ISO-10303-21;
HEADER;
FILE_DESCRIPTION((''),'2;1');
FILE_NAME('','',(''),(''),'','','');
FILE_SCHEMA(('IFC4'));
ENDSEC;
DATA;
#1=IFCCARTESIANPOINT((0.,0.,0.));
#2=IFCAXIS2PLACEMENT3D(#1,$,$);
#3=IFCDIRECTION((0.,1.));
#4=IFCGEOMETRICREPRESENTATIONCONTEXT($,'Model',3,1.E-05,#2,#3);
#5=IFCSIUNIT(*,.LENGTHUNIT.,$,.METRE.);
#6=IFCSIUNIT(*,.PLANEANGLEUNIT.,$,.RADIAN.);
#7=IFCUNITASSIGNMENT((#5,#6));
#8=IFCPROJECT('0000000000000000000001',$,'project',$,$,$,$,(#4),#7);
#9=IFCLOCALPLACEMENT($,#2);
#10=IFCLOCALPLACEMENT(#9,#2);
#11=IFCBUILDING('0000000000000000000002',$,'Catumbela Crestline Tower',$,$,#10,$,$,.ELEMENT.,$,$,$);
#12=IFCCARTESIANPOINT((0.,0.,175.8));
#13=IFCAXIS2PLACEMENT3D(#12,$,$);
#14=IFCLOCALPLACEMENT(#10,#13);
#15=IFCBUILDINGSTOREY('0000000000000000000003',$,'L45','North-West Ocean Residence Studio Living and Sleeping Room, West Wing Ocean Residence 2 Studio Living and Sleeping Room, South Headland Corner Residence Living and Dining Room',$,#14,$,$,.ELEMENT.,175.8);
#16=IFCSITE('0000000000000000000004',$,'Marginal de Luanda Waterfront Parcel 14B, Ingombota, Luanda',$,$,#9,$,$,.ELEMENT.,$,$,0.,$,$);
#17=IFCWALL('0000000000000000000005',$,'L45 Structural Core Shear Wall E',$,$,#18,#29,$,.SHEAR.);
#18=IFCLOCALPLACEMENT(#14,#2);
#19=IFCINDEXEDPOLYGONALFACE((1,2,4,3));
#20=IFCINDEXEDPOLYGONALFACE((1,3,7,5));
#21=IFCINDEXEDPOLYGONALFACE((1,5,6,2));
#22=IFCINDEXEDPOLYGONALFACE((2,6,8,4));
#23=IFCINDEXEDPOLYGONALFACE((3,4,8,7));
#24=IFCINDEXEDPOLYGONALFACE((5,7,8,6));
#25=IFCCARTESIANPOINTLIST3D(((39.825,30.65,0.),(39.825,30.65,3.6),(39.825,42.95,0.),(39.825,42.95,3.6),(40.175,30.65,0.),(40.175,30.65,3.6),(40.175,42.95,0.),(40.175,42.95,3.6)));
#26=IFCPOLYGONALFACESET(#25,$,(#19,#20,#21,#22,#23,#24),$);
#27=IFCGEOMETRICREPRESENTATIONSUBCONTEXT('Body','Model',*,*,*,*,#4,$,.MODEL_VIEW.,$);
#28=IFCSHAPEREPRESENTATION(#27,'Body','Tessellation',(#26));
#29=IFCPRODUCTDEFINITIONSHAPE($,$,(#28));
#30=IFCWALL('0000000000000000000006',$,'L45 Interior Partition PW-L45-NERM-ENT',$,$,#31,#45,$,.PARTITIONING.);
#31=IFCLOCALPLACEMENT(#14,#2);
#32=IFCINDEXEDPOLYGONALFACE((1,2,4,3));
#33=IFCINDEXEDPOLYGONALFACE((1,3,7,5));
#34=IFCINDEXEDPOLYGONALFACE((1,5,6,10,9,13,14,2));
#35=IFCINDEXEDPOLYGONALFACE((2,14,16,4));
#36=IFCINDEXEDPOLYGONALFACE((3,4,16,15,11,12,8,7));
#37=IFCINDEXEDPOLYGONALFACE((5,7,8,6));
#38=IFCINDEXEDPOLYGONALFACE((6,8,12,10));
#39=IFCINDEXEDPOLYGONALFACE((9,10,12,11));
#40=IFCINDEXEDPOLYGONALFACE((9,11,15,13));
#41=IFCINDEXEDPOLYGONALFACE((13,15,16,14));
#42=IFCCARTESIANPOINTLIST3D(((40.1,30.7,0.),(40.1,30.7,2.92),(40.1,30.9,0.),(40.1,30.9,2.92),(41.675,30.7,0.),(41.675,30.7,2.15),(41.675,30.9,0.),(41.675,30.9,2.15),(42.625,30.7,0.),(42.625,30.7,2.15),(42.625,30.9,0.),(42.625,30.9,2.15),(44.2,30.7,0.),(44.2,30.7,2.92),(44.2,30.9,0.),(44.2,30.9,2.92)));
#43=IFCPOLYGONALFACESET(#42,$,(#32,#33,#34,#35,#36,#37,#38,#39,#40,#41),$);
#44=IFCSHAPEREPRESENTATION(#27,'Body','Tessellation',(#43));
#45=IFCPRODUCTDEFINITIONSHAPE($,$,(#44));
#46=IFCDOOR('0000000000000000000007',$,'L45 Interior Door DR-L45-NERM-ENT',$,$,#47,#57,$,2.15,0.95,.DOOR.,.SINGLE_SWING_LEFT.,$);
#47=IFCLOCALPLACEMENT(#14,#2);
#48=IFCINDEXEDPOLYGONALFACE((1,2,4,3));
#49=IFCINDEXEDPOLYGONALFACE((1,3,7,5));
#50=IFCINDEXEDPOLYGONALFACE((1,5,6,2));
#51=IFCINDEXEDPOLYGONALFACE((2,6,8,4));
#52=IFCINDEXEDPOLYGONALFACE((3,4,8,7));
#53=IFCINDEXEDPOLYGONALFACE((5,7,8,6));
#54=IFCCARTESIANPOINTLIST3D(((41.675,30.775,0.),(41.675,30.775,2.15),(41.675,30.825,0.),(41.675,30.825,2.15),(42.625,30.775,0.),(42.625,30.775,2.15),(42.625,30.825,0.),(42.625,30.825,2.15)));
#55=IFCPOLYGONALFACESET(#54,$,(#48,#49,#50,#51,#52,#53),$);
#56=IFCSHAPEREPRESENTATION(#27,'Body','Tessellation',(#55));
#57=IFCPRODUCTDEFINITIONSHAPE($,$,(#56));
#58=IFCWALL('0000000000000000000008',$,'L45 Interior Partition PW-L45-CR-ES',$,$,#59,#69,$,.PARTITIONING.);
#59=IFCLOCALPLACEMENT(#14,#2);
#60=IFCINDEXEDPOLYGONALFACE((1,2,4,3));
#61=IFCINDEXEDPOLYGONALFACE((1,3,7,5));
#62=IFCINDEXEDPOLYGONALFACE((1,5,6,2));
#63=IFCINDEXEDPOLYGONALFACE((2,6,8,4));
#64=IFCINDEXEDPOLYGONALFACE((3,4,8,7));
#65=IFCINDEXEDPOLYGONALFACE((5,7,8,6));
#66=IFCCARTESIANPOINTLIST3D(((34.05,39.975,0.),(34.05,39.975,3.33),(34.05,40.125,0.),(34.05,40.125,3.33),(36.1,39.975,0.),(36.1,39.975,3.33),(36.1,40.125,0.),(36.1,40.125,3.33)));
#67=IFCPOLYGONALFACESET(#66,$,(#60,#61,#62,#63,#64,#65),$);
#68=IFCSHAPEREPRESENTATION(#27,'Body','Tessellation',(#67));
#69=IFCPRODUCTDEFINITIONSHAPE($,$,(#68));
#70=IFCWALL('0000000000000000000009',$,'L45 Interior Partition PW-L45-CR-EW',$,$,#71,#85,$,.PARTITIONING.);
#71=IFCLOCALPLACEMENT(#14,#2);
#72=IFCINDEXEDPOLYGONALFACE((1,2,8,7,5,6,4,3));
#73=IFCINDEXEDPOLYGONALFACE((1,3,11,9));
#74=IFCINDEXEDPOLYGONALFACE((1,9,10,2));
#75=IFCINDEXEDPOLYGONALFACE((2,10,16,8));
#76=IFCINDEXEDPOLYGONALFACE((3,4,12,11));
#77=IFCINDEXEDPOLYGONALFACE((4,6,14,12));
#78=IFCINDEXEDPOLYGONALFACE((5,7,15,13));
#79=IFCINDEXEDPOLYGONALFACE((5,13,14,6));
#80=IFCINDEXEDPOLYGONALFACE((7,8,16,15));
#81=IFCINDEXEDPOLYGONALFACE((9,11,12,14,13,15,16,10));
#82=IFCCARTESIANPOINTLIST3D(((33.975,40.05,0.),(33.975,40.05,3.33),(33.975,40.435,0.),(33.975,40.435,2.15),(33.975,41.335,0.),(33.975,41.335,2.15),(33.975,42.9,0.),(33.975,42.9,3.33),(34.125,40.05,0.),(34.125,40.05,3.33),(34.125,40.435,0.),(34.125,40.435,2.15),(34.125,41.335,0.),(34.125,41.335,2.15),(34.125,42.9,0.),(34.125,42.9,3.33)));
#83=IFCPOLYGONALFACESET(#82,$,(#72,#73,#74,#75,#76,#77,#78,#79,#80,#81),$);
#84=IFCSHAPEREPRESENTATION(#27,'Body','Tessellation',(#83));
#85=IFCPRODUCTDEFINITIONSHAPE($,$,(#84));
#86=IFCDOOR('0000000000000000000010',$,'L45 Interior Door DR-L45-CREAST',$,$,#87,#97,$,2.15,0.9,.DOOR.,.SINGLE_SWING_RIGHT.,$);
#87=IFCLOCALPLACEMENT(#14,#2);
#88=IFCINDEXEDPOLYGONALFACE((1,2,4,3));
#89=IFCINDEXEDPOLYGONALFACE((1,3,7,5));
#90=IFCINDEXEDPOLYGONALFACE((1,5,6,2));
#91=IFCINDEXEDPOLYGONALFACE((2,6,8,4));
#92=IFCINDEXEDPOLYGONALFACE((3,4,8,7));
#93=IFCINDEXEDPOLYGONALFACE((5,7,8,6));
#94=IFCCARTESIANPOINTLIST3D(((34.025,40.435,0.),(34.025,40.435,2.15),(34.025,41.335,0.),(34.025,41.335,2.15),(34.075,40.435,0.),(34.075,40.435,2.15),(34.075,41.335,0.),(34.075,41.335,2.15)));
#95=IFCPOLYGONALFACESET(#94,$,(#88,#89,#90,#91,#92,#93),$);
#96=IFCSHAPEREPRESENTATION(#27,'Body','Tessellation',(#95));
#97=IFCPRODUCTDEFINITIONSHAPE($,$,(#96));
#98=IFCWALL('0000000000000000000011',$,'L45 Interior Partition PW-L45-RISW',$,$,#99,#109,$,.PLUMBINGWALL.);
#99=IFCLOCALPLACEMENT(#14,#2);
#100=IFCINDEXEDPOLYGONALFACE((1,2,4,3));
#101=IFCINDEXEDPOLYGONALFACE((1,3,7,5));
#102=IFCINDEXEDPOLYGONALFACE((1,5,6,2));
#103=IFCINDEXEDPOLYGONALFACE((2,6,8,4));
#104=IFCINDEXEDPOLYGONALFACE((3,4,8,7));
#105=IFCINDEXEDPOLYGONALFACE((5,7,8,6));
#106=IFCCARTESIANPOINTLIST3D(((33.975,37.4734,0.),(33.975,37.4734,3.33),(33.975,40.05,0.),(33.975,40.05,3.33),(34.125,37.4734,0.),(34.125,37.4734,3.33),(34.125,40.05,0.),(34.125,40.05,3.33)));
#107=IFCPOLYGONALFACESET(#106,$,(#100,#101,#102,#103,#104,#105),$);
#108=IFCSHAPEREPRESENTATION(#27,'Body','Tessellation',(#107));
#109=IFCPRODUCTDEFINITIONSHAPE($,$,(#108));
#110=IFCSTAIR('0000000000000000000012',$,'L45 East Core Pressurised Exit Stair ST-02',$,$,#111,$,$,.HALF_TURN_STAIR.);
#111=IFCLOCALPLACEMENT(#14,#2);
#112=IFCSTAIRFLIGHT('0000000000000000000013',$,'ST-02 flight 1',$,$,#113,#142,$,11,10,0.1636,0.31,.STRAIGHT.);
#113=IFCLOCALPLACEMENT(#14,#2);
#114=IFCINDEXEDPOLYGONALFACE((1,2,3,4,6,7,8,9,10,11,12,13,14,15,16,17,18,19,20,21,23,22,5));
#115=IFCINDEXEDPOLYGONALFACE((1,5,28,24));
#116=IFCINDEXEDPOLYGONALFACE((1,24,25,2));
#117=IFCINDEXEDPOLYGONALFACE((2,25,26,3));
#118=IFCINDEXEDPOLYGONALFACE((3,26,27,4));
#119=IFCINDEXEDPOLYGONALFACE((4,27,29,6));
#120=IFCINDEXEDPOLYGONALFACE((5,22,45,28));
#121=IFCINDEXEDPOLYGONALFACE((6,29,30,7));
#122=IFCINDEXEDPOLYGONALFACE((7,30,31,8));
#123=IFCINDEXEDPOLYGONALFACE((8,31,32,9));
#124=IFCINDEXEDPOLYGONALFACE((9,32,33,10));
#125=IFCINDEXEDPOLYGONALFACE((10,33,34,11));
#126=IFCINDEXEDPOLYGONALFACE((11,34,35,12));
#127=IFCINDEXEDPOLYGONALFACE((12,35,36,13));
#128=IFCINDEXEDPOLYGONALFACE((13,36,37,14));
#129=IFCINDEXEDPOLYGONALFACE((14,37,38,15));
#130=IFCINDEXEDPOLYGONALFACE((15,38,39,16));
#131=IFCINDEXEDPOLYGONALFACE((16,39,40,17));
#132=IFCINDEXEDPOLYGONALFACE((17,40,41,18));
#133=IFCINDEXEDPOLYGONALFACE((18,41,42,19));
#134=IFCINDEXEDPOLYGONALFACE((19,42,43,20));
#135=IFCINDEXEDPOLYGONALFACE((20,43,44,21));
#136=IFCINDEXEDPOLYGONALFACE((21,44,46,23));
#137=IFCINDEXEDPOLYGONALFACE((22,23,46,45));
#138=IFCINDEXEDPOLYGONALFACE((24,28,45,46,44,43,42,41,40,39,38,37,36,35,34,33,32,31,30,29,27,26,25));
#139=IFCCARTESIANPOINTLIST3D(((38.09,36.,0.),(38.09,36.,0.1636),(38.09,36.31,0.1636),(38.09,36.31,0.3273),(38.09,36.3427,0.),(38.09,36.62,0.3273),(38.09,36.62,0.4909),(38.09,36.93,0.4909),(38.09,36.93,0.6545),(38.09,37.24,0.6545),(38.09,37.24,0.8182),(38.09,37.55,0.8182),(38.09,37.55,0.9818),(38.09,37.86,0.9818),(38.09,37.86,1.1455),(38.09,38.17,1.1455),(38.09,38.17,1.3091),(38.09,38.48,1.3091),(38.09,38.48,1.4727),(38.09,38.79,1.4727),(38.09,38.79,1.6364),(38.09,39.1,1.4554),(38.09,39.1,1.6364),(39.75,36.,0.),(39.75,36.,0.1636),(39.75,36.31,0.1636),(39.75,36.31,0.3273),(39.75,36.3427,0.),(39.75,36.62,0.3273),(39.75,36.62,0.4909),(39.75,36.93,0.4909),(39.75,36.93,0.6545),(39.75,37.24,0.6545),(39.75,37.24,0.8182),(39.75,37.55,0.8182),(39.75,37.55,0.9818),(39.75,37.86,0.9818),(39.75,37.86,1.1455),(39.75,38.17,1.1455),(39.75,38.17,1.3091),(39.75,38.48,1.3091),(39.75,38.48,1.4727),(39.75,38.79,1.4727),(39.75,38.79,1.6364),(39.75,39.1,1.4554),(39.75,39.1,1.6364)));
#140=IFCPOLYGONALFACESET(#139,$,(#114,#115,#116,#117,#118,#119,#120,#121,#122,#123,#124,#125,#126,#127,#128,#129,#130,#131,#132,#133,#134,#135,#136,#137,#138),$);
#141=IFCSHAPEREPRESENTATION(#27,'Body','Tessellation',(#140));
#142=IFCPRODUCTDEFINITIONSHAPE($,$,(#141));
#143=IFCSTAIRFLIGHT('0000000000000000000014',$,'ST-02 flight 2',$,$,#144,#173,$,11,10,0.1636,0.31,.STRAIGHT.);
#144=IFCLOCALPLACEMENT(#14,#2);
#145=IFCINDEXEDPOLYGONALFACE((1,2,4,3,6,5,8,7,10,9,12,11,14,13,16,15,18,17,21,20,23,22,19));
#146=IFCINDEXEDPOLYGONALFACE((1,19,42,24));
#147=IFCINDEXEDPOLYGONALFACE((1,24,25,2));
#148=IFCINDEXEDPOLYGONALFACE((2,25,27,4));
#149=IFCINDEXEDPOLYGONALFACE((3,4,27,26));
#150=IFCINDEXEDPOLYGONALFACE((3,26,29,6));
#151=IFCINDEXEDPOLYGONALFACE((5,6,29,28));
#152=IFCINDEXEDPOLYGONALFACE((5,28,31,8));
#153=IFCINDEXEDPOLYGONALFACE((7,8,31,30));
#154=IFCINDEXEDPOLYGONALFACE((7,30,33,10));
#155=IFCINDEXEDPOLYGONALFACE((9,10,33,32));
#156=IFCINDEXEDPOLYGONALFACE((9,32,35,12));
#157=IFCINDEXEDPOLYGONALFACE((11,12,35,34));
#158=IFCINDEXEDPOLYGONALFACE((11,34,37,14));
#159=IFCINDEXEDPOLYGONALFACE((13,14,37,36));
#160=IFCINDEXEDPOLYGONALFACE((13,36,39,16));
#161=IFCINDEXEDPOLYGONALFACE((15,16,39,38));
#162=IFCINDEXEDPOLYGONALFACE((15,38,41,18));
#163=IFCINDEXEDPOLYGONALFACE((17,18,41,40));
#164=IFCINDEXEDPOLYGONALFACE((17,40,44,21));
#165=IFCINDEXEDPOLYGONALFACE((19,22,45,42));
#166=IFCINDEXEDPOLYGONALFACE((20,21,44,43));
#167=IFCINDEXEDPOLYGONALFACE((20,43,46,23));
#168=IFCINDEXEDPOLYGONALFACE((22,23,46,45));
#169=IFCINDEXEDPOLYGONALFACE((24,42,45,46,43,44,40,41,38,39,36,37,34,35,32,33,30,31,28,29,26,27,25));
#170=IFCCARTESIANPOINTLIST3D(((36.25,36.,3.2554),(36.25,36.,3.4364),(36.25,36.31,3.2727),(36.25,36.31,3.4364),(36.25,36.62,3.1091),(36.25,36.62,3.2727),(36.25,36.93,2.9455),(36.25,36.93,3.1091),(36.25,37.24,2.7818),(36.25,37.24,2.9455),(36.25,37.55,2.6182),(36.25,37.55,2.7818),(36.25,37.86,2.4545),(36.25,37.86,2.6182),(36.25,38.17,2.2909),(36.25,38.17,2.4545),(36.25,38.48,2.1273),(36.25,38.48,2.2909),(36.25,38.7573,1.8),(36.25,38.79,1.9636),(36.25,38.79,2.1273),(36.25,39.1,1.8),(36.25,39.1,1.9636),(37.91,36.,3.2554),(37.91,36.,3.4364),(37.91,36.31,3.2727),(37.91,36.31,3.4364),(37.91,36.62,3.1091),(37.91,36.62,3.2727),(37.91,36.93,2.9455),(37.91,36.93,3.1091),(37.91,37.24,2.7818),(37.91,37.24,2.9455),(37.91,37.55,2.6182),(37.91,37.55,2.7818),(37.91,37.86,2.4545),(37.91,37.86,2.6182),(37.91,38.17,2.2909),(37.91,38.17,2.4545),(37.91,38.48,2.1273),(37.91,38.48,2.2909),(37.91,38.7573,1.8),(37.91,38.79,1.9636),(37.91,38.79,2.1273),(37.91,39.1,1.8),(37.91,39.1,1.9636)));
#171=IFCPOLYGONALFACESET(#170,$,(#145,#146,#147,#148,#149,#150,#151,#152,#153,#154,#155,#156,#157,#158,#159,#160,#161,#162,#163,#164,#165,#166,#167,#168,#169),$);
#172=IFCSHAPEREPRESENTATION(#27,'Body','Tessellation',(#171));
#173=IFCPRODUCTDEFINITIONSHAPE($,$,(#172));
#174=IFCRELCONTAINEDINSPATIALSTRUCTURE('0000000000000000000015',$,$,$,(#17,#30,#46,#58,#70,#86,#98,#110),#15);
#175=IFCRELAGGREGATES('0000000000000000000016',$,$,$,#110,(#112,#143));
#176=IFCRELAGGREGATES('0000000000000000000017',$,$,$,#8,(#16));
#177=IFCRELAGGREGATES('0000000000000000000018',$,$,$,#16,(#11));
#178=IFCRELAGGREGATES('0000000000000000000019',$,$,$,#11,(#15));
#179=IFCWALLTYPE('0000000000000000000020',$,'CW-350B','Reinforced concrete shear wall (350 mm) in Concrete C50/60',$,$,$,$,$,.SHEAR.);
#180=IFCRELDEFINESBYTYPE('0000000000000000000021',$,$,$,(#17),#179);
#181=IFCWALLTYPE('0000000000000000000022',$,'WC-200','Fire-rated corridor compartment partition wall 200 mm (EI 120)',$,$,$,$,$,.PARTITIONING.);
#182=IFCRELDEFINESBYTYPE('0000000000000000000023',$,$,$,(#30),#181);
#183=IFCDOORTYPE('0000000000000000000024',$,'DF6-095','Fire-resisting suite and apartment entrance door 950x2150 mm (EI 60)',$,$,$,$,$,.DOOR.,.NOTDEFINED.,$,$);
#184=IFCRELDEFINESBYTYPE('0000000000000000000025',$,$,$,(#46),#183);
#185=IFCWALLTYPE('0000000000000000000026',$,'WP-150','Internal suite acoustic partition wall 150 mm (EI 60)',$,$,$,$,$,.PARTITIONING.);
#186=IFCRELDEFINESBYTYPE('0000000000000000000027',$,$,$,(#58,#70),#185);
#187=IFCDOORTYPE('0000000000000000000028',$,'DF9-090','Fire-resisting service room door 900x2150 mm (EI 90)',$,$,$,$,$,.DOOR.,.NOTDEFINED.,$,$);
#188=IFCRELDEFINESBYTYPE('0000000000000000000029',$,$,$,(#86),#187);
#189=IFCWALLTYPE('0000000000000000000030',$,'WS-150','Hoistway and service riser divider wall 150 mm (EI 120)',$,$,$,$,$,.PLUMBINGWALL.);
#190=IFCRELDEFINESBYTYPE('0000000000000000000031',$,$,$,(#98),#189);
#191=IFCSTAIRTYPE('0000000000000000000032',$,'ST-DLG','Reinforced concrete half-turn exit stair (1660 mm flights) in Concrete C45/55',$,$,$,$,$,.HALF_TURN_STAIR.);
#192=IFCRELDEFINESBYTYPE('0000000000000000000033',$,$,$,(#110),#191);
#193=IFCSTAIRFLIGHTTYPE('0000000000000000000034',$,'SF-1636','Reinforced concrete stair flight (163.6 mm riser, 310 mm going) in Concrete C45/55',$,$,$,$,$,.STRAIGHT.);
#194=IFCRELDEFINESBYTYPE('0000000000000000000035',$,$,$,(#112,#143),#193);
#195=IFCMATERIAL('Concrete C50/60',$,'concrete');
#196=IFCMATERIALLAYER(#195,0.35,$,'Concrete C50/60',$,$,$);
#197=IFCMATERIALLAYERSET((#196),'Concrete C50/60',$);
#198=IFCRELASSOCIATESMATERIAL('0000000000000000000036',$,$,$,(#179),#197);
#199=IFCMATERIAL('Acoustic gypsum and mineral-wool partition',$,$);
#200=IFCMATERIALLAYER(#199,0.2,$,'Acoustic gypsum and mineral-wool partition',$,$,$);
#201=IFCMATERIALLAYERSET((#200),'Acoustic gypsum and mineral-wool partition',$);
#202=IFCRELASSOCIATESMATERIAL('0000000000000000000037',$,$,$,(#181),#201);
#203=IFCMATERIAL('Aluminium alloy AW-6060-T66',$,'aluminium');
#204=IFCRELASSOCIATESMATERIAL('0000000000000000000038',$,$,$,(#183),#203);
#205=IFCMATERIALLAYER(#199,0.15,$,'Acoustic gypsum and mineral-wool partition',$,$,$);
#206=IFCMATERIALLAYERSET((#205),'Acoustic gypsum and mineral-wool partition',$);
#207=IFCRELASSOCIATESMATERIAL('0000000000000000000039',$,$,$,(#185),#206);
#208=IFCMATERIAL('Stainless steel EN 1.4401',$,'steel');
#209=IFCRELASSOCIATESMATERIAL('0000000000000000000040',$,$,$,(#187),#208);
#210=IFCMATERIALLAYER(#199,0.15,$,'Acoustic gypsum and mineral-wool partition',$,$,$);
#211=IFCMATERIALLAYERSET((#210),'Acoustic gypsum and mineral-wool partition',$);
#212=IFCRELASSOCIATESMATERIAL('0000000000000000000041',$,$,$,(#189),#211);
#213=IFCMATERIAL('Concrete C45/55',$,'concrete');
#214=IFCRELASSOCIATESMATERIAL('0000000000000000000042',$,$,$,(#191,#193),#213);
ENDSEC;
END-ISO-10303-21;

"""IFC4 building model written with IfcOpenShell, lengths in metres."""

from ifc_helpers import new_model, si_unit, direction, frame, frame_2d, origin, place, context, subcontext, project, spatial, polyline, rectangle, outline, extrude, material, layer, layer_set, type_object, element, fill, aggregate, save


model = new_model("IFC4")

# Units and contexts
model_context = context("Model", 3, precision=1e-05, world=origin(), true_north=direction((0.0, 1.0)))
body_context = subcontext(model_context, "Body", "Model", "MODEL_VIEW")
ifc_project = project(units=[si_unit("LENGTHUNIT", "METRE"), si_unit("PLANEANGLEUNIT", "RADIAN")], contexts=[model_context])

# Site, building, storey
site_placement = place(None, origin())
site = spatial("IfcSite", under=ifc_project, at=site_placement, Name="Marginal de Luanda Waterfront Parcel 14B, Ingombota, Luanda", CompositionType="ELEMENT", RefElevation=0.0)
building_placement = place(site_placement, origin())
building = spatial("IfcBuilding", under=site, at=building_placement, Name="Catumbela Crestline Tower", CompositionType="ELEMENT")
storey_placement = place(building_placement, frame((0.0, 0.0, 175.8)))
storey = spatial("IfcBuildingStorey", under=building, at=storey_placement, Name="L45", Description="North-West Ocean Residence Studio Living and Sleeping Room, West Wing Ocean Residence 2 Studio Living and Sleeping Room, South Headland Corner Residence Living and Dining Room", CompositionType="ELEMENT", Elevation=175.8)

# Shared definitions
ifc_material_1 = material(Name="Aluminium alloy AW-6060-T66", Category="aluminium")

# Shared definitions
ifc_material_2 = material(Name="Concrete C50/60", Category="concrete")

# Shared definitions
ifc_material_3 = material(Name="Stainless steel EN 1.4401", Category="steel")

# Wall
ifc_layer_1 = layer(ifc_material_2, 0.35, Name="Concrete C50/60")
ifc_layer_set_1 = layer_set([ifc_layer_1], Name="Concrete C50/60")
wall_type_1 = type_object("IfcWallType", Name="CW-350B", Description="Reinforced concrete shear wall (350 mm) in Concrete C50/60", PredefinedType="SHEAR", material=ifc_layer_set_1)
wall_1_placement = place(storey_placement, frame((40.0, 30.65, 0.0), z_axis=(0.0, 0.0, 1.0), x_axis=(0.0, 1.0, 0.0)))
element("IfcWall", 1, at=wall_1_placement, inside=storey, type_object=wall_type_1, Name="L45 Structural Core Shear Wall E", PredefinedType="SHEAR", context=body_context, shape_type="SweptSolid", body=[
    extrude(rectangle(XDim=12.3, YDim=0.35, at=frame_2d((6.15, 0.0))), origin(), (0.0, 0.0, 1.0), 3.6),
])

# Wall, opening, door
ifc_material_4 = material(Name="Acoustic gypsum and mineral-wool partition")
ifc_layer_2 = layer(ifc_material_4, 0.2, Name="Acoustic gypsum and mineral-wool partition")
ifc_layer_set_2 = layer_set([ifc_layer_2], Name="Acoustic gypsum and mineral-wool partition")
wall_type_2 = type_object("IfcWallType", Name="WC-200", Description="Fire-rated corridor compartment partition wall 200 mm (EI 120)", PredefinedType="PARTITIONING", material=ifc_layer_set_2)
wall_2_placement = place(storey_placement, frame((40.1, 30.8, 0.0), z_axis=(0.0, 0.0, 1.0), x_axis=(1.0, 0.0, 0.0)))
wall_2 = element("IfcWall", 2, at=wall_2_placement, inside=storey, type_object=wall_type_2, Name="L45 Interior Partition PW-L45-NERM-ENT", PredefinedType="PARTITIONING", context=body_context, shape_type="SweptSolid", body=[
    extrude(rectangle(XDim=4.1, YDim=0.2, at=frame_2d((2.05, 0.0))), origin(), (0.0, 0.0, 1.0), 2.92),
])
opening_1_placement = place(wall_2_placement, frame((1.575, 0.0, 0.0)))
opening_1 = element("IfcOpeningElement", 3, at=opening_1_placement, cuts=wall_2, PredefinedType="OPENING", context=body_context, shape_type="SweptSolid", body=[
    extrude(rectangle(XDim=0.95, YDim=2.15, at=frame_2d((0.475, 1.075))), frame((0.0, 0.11, 0.0), z_axis=(0.0, -1.0, 0.0), x_axis=(1.0, 0.0, 0.0)), (0.0, 0.0, 1.0), 0.22),
])
door_type_1 = type_object("IfcDoorType", Name="DF6-095", Description="Fire-resisting suite and apartment entrance door 950x2150 mm (EI 60)", OperationType="NOTDEFINED", PredefinedType="DOOR", material=ifc_material_1)
door_1_placement = place(opening_1_placement, origin())
door_1 = element("IfcDoor", 4, at=door_1_placement, inside=storey, type_object=door_type_1, Name="L45 Interior Door DR-L45-NERM-ENT", OperationType="SINGLE_SWING_LEFT", OverallHeight=2.15, OverallWidth=0.95, PredefinedType="DOOR", context=body_context, shape_type="SweptSolid", body=[
    extrude(rectangle(XDim=0.95, YDim=2.15, at=frame_2d((0.475, 1.075))), frame((0.0, 0.025, 0.0), z_axis=(0.0, -1.0, 0.0), x_axis=(1.0, 0.0, 0.0)), (0.0, 0.0, 1.0), 0.05),
])
fill(opening_1, door_1)

# Wall
ifc_layer_3 = layer(ifc_material_4, 0.15, Name="Acoustic gypsum and mineral-wool partition")
ifc_layer_set_3 = layer_set([ifc_layer_3], Name="Acoustic gypsum and mineral-wool partition")
wall_type_3 = type_object("IfcWallType", Name="WP-150", Description="Internal suite acoustic partition wall 150 mm (EI 60)", PredefinedType="PARTITIONING", material=ifc_layer_set_3)
wall_3_placement = place(storey_placement, frame((34.05, 40.05, 0.0), z_axis=(0.0, 0.0, 1.0), x_axis=(1.0, 0.0, 0.0)))
element("IfcWall", 5, at=wall_3_placement, inside=storey, type_object=wall_type_3, Name="L45 Interior Partition PW-L45-CR-ES", PredefinedType="PARTITIONING", context=body_context, shape_type="SweptSolid", body=[
    extrude(rectangle(XDim=2.05, YDim=0.15, at=frame_2d((1.025, 0.0))), origin(), (0.0, 0.0, 1.0), 3.33),
])

# Wall, opening, door
wall_4_placement = place(storey_placement, frame((34.05, 40.05, 0.0), z_axis=(0.0, 0.0, 1.0), x_axis=(0.0, 1.0, 0.0)))
wall_4 = element("IfcWall", 6, at=wall_4_placement, inside=storey, type_object=wall_type_3, Name="L45 Interior Partition PW-L45-CR-EW", PredefinedType="PARTITIONING", context=body_context, shape_type="SweptSolid", body=[
    extrude(rectangle(XDim=2.85, YDim=0.15, at=frame_2d((1.425, 0.0))), origin(), (0.0, 0.0, 1.0), 3.33),
])
opening_2_placement = place(wall_4_placement, frame((0.385, 0.0, 0.0)))
opening_2 = element("IfcOpeningElement", 7, at=opening_2_placement, cuts=wall_4, PredefinedType="OPENING", context=body_context, shape_type="SweptSolid", body=[
    extrude(rectangle(XDim=0.9, YDim=2.15, at=frame_2d((0.45, 1.075))), frame((0.0, 0.085, 0.0), z_axis=(0.0, -1.0, 0.0), x_axis=(1.0, 0.0, 0.0)), (0.0, 0.0, 1.0), 0.17),
])
door_type_2 = type_object("IfcDoorType", Name="DF9-090", Description="Fire-resisting service room door 900x2150 mm (EI 90)", OperationType="NOTDEFINED", PredefinedType="DOOR", material=ifc_material_3)
door_2_placement = place(opening_2_placement, origin())
door_2 = element("IfcDoor", 8, at=door_2_placement, inside=storey, type_object=door_type_2, Name="L45 Interior Door DR-L45-CREAST", OperationType="SINGLE_SWING_RIGHT", OverallHeight=2.15, OverallWidth=0.9, PredefinedType="DOOR", context=body_context, shape_type="SweptSolid", body=[
    extrude(rectangle(XDim=0.9, YDim=2.15, at=frame_2d((0.45, 1.075))), frame((0.0, 0.025, 0.0), z_axis=(0.0, -1.0, 0.0), x_axis=(1.0, 0.0, 0.0)), (0.0, 0.0, 1.0), 0.05),
])
fill(opening_2, door_2)

# Wall
ifc_layer_4 = layer(ifc_material_4, 0.15, Name="Acoustic gypsum and mineral-wool partition")
ifc_layer_set_4 = layer_set([ifc_layer_4], Name="Acoustic gypsum and mineral-wool partition")
wall_type_4 = type_object("IfcWallType", Name="WS-150", Description="Hoistway and service riser divider wall 150 mm (EI 120)", PredefinedType="PLUMBINGWALL", material=ifc_layer_set_4)
wall_5_placement = place(storey_placement, frame((34.05, 37.4734, 0.0), z_axis=(0.0, 0.0, 1.0), x_axis=(0.0, 1.0, 0.0)))
element("IfcWall", 9, at=wall_5_placement, inside=storey, type_object=wall_type_4, Name="L45 Interior Partition PW-L45-RISW", PredefinedType="PLUMBINGWALL", context=body_context, shape_type="SweptSolid", body=[
    extrude(rectangle(XDim=2.5766, YDim=0.15, at=frame_2d((1.2883, 0.0))), origin(), (0.0, 0.0, 1.0), 3.33),
])

# Stair, stair flights
ifc_material_5 = material(Name="Concrete C45/55", Category="concrete")
stair_type = type_object("IfcStairType", Name="ST-DLG", Description="Reinforced concrete half-turn exit stair (1660 mm flights) in Concrete C45/55", PredefinedType="HALF_TURN_STAIR", material=ifc_material_5)
stair_placement = place(storey_placement, origin())
stair = element("IfcStair", 10, at=stair_placement, inside=storey, type_object=stair_type, Name="L45 East Core Pressurised Exit Stair ST-02", PredefinedType="HALF_TURN_STAIR")
stair_flight_type = type_object("IfcStairFlightType", Name="SF-1636", Description="Reinforced concrete stair flight (163.6 mm riser, 310 mm going) in Concrete C45/55", PredefinedType="STRAIGHT", material=ifc_material_5)
stair_flight_1_placement = place(storey_placement, frame((38.92, 36.0, 0.0), z_axis=(0.0, 0.0, 1.0), x_axis=(0.0, 1.0, 0.0)))
stair_flight_1 = element("IfcStairFlight", 11, at=stair_flight_1_placement, type_object=stair_flight_type, Name="ST-02 flight 1", NumberOfRisers=11, NumberOfTreads=10, PredefinedType="STRAIGHT", RiserHeight=0.1636, TreadLength=0.31, context=body_context, shape_type="SweptSolid", body=[
    extrude(outline(polyline([(0.0, 0.0), (0.0, 0.1636), (0.31, 0.1636), (0.31, 0.3273), (0.62, 0.3273), (0.62, 0.4909), (0.93, 0.4909), (0.93, 0.6545), (1.24, 0.6545), (1.24, 0.8182), (1.55, 0.8182), (1.55, 0.9818), (1.86, 0.9818), (1.86, 1.1455), (2.17, 1.1455), (2.17, 1.3091), (2.48, 1.3091), (2.48, 1.4727), (2.79, 1.4727), (2.79, 1.6364), (3.1, 1.6364), (3.1, 1.8), (3.1, 1.4554), (0.3427, 0.0), (0.0, 0.0)])), frame((0.0, 0.83, 0.0), z_axis=(0.0, -1.0, 0.0), x_axis=(1.0, 0.0, 0.0)), (0.0, 0.0, 1.0), 1.66),
])
stair_flight_2_placement = place(storey_placement, frame((37.08, 39.1, 1.8), z_axis=(0.0, 0.0, 1.0), x_axis=(0.0, -1.0, 0.0)))
stair_flight_2 = element("IfcStairFlight", 12, at=stair_flight_2_placement, type_object=stair_flight_type, Name="ST-02 flight 2", NumberOfRisers=11, NumberOfTreads=10, PredefinedType="STRAIGHT", RiserHeight=0.1636, TreadLength=0.31, context=body_context, shape_type="SweptSolid", body=[
    extrude(outline(polyline([(0.0, 0.0), (0.0, 0.1636), (0.31, 0.1636), (0.31, 0.3273), (0.62, 0.3273), (0.62, 0.4909), (0.93, 0.4909), (0.93, 0.6545), (1.24, 0.6545), (1.24, 0.8182), (1.55, 0.8182), (1.55, 0.9818), (1.86, 0.9818), (1.86, 1.1455), (2.17, 1.1455), (2.17, 1.3091), (2.48, 1.3091), (2.48, 1.4727), (2.79, 1.4727), (2.79, 1.6364), (3.1, 1.6364), (3.1, 1.8), (3.1, 1.4554), (0.3427, 0.0), (0.0, 0.0)])), frame((0.0, 0.83, 0.0), z_axis=(0.0, -1.0, 0.0), x_axis=(1.0, 0.0, 0.0)), (0.0, 0.0, 1.0), 1.66),
])
aggregate(stair, [stair_flight_1, stair_flight_2])

save(model, "model.ifc")
